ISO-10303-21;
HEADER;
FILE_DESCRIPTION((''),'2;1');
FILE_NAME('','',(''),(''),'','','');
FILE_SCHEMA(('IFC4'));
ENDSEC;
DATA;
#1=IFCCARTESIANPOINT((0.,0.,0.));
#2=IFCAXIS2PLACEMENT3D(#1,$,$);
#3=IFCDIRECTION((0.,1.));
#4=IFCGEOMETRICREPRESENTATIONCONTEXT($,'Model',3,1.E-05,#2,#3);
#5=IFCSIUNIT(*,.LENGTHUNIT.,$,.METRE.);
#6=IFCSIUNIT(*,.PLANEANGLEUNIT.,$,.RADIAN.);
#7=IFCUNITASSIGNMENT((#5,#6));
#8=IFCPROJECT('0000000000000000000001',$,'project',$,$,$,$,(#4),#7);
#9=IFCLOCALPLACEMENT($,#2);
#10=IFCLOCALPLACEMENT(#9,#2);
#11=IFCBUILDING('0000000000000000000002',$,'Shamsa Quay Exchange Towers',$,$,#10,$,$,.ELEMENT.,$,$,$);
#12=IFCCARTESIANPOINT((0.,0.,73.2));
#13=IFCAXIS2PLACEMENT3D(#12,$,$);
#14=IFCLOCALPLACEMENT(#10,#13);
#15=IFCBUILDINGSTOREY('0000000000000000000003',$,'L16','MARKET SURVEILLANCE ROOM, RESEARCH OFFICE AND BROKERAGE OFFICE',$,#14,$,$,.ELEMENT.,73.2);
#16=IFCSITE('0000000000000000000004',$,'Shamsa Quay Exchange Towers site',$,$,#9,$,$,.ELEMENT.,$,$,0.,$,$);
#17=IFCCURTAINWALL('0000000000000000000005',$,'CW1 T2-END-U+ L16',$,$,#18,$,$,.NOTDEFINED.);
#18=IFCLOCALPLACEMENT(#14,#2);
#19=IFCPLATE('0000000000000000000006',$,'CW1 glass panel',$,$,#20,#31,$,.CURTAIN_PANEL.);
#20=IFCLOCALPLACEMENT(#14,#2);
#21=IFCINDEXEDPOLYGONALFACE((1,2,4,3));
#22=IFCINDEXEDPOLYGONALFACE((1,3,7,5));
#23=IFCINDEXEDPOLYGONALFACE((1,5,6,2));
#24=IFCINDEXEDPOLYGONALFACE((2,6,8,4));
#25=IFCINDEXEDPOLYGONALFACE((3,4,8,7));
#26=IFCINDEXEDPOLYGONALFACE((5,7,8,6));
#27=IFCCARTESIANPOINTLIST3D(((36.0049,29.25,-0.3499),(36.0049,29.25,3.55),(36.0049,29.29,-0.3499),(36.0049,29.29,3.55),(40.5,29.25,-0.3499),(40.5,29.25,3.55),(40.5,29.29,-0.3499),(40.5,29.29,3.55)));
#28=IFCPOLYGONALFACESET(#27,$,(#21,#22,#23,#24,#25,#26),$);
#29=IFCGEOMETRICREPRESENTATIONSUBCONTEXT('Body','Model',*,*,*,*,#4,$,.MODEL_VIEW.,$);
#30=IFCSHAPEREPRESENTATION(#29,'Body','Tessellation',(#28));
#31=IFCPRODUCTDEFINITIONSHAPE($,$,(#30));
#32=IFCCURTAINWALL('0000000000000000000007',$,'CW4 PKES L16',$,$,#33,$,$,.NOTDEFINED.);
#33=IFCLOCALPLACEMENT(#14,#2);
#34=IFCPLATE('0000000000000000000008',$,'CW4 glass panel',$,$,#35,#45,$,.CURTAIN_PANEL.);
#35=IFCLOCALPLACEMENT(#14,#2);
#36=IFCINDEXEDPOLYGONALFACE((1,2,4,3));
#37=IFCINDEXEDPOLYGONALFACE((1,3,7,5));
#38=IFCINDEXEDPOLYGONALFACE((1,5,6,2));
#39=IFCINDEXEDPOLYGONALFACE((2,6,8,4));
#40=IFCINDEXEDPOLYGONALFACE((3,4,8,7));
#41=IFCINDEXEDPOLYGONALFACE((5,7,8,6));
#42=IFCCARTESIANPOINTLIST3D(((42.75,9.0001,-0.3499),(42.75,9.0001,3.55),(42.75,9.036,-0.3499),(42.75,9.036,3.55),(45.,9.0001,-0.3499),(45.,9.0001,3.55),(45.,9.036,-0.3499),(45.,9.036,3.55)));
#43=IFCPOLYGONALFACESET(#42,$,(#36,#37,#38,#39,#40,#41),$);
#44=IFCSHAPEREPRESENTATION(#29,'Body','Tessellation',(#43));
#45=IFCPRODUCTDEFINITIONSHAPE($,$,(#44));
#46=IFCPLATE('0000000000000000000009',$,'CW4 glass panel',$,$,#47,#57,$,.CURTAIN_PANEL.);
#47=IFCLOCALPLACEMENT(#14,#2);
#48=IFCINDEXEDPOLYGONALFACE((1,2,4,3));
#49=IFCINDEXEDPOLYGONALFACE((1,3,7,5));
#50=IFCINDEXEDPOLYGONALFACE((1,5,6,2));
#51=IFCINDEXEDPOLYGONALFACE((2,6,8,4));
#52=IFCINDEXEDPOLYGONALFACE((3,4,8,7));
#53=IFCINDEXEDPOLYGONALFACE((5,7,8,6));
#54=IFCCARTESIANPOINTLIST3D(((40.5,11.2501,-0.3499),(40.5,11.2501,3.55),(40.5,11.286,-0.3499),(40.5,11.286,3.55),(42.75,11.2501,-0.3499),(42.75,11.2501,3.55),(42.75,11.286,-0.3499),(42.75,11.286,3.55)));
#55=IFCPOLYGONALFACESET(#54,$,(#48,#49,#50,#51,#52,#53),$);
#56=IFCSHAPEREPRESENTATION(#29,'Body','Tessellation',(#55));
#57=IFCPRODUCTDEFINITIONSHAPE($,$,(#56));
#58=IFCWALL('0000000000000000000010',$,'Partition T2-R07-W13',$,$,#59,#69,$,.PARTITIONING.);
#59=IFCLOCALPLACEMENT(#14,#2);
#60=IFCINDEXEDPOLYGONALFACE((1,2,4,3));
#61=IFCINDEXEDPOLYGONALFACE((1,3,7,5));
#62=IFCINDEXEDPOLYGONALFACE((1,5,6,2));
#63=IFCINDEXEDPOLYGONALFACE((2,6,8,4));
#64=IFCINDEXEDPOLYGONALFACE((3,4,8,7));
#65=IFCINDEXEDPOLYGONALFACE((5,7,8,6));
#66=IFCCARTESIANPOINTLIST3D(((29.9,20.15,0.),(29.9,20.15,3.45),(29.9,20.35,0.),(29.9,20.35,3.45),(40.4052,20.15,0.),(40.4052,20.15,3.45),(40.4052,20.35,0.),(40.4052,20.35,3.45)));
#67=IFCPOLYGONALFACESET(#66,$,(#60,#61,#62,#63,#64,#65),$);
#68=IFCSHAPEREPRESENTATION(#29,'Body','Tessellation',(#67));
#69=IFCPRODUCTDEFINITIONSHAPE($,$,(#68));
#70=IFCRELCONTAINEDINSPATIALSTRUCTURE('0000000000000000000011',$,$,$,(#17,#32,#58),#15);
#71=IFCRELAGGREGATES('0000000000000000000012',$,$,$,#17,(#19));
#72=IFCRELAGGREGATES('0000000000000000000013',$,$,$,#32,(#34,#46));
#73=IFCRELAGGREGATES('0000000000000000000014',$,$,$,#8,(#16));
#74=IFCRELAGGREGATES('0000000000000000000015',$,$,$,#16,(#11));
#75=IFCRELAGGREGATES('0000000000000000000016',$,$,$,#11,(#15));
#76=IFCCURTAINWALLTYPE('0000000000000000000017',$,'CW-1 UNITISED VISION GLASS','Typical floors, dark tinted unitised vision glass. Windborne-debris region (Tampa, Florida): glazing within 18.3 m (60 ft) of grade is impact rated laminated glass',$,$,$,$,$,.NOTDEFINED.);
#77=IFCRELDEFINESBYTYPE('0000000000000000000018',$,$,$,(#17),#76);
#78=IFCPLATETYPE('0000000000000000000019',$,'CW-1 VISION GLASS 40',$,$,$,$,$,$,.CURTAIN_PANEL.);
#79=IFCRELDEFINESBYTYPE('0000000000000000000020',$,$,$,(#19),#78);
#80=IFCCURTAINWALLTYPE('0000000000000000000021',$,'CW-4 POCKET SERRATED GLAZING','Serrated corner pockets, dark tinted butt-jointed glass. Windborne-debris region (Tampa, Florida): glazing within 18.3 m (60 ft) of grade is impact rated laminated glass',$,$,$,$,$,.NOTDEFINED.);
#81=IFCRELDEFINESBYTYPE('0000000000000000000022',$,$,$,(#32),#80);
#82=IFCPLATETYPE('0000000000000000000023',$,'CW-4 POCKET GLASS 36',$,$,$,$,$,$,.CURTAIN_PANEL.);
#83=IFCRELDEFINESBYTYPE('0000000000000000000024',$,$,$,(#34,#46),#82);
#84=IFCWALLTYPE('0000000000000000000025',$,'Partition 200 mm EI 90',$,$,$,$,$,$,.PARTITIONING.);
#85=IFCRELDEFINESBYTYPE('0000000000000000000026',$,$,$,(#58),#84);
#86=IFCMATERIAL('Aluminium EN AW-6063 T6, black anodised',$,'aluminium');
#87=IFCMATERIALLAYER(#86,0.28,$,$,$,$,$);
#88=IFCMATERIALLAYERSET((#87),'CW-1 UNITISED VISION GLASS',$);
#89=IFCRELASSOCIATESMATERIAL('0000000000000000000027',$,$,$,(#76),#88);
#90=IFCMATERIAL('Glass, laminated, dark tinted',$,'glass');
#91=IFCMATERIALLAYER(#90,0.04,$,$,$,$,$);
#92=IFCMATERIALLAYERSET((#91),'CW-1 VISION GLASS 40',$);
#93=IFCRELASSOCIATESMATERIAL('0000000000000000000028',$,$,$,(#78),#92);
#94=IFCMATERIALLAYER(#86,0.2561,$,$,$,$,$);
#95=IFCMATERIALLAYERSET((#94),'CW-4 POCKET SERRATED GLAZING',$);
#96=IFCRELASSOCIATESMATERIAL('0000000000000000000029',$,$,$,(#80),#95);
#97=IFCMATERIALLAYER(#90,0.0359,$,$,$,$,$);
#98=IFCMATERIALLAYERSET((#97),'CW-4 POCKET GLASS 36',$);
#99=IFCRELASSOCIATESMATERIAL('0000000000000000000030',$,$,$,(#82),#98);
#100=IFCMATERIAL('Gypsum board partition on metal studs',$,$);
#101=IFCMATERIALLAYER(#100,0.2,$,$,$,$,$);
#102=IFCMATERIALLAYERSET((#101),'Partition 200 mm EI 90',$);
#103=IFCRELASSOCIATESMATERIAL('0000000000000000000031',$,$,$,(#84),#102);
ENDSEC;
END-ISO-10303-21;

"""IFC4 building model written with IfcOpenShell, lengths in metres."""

from ifc_helpers import new_model, si_unit, direction, frame, frame_2d, origin, origin_2d, place, context, subcontext, project, spatial, rectangle, extrude, material, layer, layer_set, type_object, element, aggregate, save


model = new_model("IFC4")

# Units and contexts
model_context = context("Model", 3, precision=1e-05, world=origin(), true_north=direction((0.0, 1.0)))
body_context = subcontext(model_context, "Body", "Model", "MODEL_VIEW")
ifc_project = project(units=[si_unit("LENGTHUNIT", "METRE"), si_unit("PLANEANGLEUNIT", "RADIAN")], contexts=[model_context])

# Site, building, storey
site_placement = place(None, origin())
site = spatial("IfcSite", under=ifc_project, at=site_placement, Name="Shamsa Quay Exchange Towers site", CompositionType="ELEMENT", RefElevation=0.0)
building_placement = place(site_placement, origin())
building = spatial("IfcBuilding", under=site, at=building_placement, Name="Shamsa Quay Exchange Towers", CompositionType="ELEMENT")
storey_placement = place(building_placement, frame((0.0, 0.0, 73.2)))
storey = spatial("IfcBuildingStorey", under=building, at=storey_placement, Name="L16", Description="MARKET SURVEILLANCE ROOM, RESEARCH OFFICE AND BROKERAGE OFFICE", CompositionType="ELEMENT", Elevation=73.2)

# Shared definitions
ifc_material_1 = material(Name="Aluminium EN AW-6063 T6, black anodised", Category="aluminium")
ifc_layer_1 = layer(ifc_material_1, 0.28)
ifc_layer_set_1 = layer_set([ifc_layer_1], Name="CW-1 UNITISED VISION GLASS")
curtain_wall_type_1 = type_object("IfcCurtainWallType", Name="CW-1 UNITISED VISION GLASS", Description="Typical floors, dark tinted unitised vision glass. Windborne-debris region (Tampa, Florida): glazing within 18.3 m (60 ft) of grade is impact rated laminated glass", PredefinedType="NOTDEFINED", material=ifc_layer_set_1)

# Curtain wall
curtain_wall_1_placement = place(storey_placement, origin())
curtain_wall_1 = element("IfcCurtainWall", 1, at=curtain_wall_1_placement, inside=storey, type_object=curtain_wall_type_1, Name="CW1 T2-END-U+ L16", PredefinedType="NOTDEFINED")

# Plate
ifc_material_2 = material(Name="Glass, laminated, dark tinted", Category="glass")
ifc_layer_2 = layer(ifc_material_2, 0.04)
ifc_layer_set_2 = layer_set([ifc_layer_2], Name="CW-1 VISION GLASS 40")
plate_type_1 = type_object("IfcPlateType", Name="CW-1 VISION GLASS 40", PredefinedType="CURTAIN_PANEL", material=ifc_layer_set_2)
plate_1_placement = place(storey_placement, frame((38.2524, 29.27, -0.3499), z_axis=(0.0, 0.0, 1.0), x_axis=(-1.0, 0.0, 0.0)))
plate_1 = element("IfcPlate", 2, at=plate_1_placement, type_object=plate_type_1, Name="CW1 glass panel", PredefinedType="CURTAIN_PANEL", context=body_context, shape_type="SweptSolid", body=[
    extrude(rectangle(XDim=4.4951, YDim=0.04, at=origin_2d()), origin(), (0.0, 0.0, 1.0), 3.8999),
])
aggregate(curtain_wall_1, [plate_1])

# Curtain wall, plates
ifc_layer_3 = layer(ifc_material_1, 0.2561)
ifc_layer_set_3 = layer_set([ifc_layer_3], Name="CW-4 POCKET SERRATED GLAZING")
curtain_wall_type_2 = type_object("IfcCurtainWallType", Name="CW-4 POCKET SERRATED GLAZING", Description="Serrated corner pockets, dark tinted butt-jointed glass. Windborne-debris region (Tampa, Florida): glazing within 18.3 m (60 ft) of grade is impact rated laminated glass", PredefinedType="NOTDEFINED", material=ifc_layer_set_3)
curtain_wall_2_placement = place(storey_placement, origin())
curtain_wall_2 = element("IfcCurtainWall", 3, at=curtain_wall_2_placement, inside=storey, type_object=curtain_wall_type_2, Name="CW4 PKES L16", PredefinedType="NOTDEFINED")
ifc_layer_4 = layer(ifc_material_2, 0.0359)
ifc_layer_set_4 = layer_set([ifc_layer_4], Name="CW-4 POCKET GLASS 36")
plate_type_2 = type_object("IfcPlateType", Name="CW-4 POCKET GLASS 36", PredefinedType="CURTAIN_PANEL", material=ifc_layer_set_4)
plate_2_placement = place(storey_placement, frame((43.875, 9.0181, -0.3499), z_axis=(0.0, 0.0, 1.0), x_axis=(-1.0, 0.0, 0.0)))
plate_2 = element("IfcPlate", 4, at=plate_2_placement, type_object=plate_type_2, Name="CW4 glass panel", PredefinedType="CURTAIN_PANEL", context=body_context, shape_type="SweptSolid", body=[
    extrude(rectangle(XDim=2.25, YDim=0.0359, at=origin_2d()), origin(), (0.0, 0.0, 1.0), 3.8999),
])
plate_3_placement = place(storey_placement, frame((41.625, 11.2681, -0.3499), z_axis=(0.0, 0.0, 1.0), x_axis=(-1.0, 0.0, 0.0)))
plate_3 = element("IfcPlate", 5, at=plate_3_placement, type_object=plate_type_2, Name="CW4 glass panel", PredefinedType="CURTAIN_PANEL", context=body_context, shape_type="SweptSolid", body=[
    extrude(rectangle(XDim=2.25, YDim=0.0359, at=origin_2d()), origin(), (0.0, 0.0, 1.0), 3.8999),
])
aggregate(curtain_wall_2, [plate_2, plate_3])

# Wall
ifc_material_3 = material(Name="Gypsum board partition on metal studs")
ifc_layer_5 = layer(ifc_material_3, 0.2)
ifc_layer_set_5 = layer_set([ifc_layer_5], Name="Partition 200 mm EI 90")
wall_type_1 = type_object("IfcWallType", Name="Partition 200 mm EI 90", PredefinedType="PARTITIONING", material=ifc_layer_set_5)
wall_1_placement = place(storey_placement, frame((40.405, 20.25, 0.0), z_axis=(0.0, 0.0, 1.0), x_axis=(-1.0, 0.0, 0.0)))
element("IfcWall", 6, at=wall_1_placement, inside=storey, type_object=wall_type_1, Name="Partition T2-R07-W13", PredefinedType="PARTITIONING", context=body_context, shape_type="SweptSolid", body=[
    extrude(rectangle(XDim=10.5051, YDim=0.2, at=frame_2d((5.2524, 0.0))), origin(), (0.0, 0.0, 1.0), 3.45),
])

save(model, "model.ifc")
